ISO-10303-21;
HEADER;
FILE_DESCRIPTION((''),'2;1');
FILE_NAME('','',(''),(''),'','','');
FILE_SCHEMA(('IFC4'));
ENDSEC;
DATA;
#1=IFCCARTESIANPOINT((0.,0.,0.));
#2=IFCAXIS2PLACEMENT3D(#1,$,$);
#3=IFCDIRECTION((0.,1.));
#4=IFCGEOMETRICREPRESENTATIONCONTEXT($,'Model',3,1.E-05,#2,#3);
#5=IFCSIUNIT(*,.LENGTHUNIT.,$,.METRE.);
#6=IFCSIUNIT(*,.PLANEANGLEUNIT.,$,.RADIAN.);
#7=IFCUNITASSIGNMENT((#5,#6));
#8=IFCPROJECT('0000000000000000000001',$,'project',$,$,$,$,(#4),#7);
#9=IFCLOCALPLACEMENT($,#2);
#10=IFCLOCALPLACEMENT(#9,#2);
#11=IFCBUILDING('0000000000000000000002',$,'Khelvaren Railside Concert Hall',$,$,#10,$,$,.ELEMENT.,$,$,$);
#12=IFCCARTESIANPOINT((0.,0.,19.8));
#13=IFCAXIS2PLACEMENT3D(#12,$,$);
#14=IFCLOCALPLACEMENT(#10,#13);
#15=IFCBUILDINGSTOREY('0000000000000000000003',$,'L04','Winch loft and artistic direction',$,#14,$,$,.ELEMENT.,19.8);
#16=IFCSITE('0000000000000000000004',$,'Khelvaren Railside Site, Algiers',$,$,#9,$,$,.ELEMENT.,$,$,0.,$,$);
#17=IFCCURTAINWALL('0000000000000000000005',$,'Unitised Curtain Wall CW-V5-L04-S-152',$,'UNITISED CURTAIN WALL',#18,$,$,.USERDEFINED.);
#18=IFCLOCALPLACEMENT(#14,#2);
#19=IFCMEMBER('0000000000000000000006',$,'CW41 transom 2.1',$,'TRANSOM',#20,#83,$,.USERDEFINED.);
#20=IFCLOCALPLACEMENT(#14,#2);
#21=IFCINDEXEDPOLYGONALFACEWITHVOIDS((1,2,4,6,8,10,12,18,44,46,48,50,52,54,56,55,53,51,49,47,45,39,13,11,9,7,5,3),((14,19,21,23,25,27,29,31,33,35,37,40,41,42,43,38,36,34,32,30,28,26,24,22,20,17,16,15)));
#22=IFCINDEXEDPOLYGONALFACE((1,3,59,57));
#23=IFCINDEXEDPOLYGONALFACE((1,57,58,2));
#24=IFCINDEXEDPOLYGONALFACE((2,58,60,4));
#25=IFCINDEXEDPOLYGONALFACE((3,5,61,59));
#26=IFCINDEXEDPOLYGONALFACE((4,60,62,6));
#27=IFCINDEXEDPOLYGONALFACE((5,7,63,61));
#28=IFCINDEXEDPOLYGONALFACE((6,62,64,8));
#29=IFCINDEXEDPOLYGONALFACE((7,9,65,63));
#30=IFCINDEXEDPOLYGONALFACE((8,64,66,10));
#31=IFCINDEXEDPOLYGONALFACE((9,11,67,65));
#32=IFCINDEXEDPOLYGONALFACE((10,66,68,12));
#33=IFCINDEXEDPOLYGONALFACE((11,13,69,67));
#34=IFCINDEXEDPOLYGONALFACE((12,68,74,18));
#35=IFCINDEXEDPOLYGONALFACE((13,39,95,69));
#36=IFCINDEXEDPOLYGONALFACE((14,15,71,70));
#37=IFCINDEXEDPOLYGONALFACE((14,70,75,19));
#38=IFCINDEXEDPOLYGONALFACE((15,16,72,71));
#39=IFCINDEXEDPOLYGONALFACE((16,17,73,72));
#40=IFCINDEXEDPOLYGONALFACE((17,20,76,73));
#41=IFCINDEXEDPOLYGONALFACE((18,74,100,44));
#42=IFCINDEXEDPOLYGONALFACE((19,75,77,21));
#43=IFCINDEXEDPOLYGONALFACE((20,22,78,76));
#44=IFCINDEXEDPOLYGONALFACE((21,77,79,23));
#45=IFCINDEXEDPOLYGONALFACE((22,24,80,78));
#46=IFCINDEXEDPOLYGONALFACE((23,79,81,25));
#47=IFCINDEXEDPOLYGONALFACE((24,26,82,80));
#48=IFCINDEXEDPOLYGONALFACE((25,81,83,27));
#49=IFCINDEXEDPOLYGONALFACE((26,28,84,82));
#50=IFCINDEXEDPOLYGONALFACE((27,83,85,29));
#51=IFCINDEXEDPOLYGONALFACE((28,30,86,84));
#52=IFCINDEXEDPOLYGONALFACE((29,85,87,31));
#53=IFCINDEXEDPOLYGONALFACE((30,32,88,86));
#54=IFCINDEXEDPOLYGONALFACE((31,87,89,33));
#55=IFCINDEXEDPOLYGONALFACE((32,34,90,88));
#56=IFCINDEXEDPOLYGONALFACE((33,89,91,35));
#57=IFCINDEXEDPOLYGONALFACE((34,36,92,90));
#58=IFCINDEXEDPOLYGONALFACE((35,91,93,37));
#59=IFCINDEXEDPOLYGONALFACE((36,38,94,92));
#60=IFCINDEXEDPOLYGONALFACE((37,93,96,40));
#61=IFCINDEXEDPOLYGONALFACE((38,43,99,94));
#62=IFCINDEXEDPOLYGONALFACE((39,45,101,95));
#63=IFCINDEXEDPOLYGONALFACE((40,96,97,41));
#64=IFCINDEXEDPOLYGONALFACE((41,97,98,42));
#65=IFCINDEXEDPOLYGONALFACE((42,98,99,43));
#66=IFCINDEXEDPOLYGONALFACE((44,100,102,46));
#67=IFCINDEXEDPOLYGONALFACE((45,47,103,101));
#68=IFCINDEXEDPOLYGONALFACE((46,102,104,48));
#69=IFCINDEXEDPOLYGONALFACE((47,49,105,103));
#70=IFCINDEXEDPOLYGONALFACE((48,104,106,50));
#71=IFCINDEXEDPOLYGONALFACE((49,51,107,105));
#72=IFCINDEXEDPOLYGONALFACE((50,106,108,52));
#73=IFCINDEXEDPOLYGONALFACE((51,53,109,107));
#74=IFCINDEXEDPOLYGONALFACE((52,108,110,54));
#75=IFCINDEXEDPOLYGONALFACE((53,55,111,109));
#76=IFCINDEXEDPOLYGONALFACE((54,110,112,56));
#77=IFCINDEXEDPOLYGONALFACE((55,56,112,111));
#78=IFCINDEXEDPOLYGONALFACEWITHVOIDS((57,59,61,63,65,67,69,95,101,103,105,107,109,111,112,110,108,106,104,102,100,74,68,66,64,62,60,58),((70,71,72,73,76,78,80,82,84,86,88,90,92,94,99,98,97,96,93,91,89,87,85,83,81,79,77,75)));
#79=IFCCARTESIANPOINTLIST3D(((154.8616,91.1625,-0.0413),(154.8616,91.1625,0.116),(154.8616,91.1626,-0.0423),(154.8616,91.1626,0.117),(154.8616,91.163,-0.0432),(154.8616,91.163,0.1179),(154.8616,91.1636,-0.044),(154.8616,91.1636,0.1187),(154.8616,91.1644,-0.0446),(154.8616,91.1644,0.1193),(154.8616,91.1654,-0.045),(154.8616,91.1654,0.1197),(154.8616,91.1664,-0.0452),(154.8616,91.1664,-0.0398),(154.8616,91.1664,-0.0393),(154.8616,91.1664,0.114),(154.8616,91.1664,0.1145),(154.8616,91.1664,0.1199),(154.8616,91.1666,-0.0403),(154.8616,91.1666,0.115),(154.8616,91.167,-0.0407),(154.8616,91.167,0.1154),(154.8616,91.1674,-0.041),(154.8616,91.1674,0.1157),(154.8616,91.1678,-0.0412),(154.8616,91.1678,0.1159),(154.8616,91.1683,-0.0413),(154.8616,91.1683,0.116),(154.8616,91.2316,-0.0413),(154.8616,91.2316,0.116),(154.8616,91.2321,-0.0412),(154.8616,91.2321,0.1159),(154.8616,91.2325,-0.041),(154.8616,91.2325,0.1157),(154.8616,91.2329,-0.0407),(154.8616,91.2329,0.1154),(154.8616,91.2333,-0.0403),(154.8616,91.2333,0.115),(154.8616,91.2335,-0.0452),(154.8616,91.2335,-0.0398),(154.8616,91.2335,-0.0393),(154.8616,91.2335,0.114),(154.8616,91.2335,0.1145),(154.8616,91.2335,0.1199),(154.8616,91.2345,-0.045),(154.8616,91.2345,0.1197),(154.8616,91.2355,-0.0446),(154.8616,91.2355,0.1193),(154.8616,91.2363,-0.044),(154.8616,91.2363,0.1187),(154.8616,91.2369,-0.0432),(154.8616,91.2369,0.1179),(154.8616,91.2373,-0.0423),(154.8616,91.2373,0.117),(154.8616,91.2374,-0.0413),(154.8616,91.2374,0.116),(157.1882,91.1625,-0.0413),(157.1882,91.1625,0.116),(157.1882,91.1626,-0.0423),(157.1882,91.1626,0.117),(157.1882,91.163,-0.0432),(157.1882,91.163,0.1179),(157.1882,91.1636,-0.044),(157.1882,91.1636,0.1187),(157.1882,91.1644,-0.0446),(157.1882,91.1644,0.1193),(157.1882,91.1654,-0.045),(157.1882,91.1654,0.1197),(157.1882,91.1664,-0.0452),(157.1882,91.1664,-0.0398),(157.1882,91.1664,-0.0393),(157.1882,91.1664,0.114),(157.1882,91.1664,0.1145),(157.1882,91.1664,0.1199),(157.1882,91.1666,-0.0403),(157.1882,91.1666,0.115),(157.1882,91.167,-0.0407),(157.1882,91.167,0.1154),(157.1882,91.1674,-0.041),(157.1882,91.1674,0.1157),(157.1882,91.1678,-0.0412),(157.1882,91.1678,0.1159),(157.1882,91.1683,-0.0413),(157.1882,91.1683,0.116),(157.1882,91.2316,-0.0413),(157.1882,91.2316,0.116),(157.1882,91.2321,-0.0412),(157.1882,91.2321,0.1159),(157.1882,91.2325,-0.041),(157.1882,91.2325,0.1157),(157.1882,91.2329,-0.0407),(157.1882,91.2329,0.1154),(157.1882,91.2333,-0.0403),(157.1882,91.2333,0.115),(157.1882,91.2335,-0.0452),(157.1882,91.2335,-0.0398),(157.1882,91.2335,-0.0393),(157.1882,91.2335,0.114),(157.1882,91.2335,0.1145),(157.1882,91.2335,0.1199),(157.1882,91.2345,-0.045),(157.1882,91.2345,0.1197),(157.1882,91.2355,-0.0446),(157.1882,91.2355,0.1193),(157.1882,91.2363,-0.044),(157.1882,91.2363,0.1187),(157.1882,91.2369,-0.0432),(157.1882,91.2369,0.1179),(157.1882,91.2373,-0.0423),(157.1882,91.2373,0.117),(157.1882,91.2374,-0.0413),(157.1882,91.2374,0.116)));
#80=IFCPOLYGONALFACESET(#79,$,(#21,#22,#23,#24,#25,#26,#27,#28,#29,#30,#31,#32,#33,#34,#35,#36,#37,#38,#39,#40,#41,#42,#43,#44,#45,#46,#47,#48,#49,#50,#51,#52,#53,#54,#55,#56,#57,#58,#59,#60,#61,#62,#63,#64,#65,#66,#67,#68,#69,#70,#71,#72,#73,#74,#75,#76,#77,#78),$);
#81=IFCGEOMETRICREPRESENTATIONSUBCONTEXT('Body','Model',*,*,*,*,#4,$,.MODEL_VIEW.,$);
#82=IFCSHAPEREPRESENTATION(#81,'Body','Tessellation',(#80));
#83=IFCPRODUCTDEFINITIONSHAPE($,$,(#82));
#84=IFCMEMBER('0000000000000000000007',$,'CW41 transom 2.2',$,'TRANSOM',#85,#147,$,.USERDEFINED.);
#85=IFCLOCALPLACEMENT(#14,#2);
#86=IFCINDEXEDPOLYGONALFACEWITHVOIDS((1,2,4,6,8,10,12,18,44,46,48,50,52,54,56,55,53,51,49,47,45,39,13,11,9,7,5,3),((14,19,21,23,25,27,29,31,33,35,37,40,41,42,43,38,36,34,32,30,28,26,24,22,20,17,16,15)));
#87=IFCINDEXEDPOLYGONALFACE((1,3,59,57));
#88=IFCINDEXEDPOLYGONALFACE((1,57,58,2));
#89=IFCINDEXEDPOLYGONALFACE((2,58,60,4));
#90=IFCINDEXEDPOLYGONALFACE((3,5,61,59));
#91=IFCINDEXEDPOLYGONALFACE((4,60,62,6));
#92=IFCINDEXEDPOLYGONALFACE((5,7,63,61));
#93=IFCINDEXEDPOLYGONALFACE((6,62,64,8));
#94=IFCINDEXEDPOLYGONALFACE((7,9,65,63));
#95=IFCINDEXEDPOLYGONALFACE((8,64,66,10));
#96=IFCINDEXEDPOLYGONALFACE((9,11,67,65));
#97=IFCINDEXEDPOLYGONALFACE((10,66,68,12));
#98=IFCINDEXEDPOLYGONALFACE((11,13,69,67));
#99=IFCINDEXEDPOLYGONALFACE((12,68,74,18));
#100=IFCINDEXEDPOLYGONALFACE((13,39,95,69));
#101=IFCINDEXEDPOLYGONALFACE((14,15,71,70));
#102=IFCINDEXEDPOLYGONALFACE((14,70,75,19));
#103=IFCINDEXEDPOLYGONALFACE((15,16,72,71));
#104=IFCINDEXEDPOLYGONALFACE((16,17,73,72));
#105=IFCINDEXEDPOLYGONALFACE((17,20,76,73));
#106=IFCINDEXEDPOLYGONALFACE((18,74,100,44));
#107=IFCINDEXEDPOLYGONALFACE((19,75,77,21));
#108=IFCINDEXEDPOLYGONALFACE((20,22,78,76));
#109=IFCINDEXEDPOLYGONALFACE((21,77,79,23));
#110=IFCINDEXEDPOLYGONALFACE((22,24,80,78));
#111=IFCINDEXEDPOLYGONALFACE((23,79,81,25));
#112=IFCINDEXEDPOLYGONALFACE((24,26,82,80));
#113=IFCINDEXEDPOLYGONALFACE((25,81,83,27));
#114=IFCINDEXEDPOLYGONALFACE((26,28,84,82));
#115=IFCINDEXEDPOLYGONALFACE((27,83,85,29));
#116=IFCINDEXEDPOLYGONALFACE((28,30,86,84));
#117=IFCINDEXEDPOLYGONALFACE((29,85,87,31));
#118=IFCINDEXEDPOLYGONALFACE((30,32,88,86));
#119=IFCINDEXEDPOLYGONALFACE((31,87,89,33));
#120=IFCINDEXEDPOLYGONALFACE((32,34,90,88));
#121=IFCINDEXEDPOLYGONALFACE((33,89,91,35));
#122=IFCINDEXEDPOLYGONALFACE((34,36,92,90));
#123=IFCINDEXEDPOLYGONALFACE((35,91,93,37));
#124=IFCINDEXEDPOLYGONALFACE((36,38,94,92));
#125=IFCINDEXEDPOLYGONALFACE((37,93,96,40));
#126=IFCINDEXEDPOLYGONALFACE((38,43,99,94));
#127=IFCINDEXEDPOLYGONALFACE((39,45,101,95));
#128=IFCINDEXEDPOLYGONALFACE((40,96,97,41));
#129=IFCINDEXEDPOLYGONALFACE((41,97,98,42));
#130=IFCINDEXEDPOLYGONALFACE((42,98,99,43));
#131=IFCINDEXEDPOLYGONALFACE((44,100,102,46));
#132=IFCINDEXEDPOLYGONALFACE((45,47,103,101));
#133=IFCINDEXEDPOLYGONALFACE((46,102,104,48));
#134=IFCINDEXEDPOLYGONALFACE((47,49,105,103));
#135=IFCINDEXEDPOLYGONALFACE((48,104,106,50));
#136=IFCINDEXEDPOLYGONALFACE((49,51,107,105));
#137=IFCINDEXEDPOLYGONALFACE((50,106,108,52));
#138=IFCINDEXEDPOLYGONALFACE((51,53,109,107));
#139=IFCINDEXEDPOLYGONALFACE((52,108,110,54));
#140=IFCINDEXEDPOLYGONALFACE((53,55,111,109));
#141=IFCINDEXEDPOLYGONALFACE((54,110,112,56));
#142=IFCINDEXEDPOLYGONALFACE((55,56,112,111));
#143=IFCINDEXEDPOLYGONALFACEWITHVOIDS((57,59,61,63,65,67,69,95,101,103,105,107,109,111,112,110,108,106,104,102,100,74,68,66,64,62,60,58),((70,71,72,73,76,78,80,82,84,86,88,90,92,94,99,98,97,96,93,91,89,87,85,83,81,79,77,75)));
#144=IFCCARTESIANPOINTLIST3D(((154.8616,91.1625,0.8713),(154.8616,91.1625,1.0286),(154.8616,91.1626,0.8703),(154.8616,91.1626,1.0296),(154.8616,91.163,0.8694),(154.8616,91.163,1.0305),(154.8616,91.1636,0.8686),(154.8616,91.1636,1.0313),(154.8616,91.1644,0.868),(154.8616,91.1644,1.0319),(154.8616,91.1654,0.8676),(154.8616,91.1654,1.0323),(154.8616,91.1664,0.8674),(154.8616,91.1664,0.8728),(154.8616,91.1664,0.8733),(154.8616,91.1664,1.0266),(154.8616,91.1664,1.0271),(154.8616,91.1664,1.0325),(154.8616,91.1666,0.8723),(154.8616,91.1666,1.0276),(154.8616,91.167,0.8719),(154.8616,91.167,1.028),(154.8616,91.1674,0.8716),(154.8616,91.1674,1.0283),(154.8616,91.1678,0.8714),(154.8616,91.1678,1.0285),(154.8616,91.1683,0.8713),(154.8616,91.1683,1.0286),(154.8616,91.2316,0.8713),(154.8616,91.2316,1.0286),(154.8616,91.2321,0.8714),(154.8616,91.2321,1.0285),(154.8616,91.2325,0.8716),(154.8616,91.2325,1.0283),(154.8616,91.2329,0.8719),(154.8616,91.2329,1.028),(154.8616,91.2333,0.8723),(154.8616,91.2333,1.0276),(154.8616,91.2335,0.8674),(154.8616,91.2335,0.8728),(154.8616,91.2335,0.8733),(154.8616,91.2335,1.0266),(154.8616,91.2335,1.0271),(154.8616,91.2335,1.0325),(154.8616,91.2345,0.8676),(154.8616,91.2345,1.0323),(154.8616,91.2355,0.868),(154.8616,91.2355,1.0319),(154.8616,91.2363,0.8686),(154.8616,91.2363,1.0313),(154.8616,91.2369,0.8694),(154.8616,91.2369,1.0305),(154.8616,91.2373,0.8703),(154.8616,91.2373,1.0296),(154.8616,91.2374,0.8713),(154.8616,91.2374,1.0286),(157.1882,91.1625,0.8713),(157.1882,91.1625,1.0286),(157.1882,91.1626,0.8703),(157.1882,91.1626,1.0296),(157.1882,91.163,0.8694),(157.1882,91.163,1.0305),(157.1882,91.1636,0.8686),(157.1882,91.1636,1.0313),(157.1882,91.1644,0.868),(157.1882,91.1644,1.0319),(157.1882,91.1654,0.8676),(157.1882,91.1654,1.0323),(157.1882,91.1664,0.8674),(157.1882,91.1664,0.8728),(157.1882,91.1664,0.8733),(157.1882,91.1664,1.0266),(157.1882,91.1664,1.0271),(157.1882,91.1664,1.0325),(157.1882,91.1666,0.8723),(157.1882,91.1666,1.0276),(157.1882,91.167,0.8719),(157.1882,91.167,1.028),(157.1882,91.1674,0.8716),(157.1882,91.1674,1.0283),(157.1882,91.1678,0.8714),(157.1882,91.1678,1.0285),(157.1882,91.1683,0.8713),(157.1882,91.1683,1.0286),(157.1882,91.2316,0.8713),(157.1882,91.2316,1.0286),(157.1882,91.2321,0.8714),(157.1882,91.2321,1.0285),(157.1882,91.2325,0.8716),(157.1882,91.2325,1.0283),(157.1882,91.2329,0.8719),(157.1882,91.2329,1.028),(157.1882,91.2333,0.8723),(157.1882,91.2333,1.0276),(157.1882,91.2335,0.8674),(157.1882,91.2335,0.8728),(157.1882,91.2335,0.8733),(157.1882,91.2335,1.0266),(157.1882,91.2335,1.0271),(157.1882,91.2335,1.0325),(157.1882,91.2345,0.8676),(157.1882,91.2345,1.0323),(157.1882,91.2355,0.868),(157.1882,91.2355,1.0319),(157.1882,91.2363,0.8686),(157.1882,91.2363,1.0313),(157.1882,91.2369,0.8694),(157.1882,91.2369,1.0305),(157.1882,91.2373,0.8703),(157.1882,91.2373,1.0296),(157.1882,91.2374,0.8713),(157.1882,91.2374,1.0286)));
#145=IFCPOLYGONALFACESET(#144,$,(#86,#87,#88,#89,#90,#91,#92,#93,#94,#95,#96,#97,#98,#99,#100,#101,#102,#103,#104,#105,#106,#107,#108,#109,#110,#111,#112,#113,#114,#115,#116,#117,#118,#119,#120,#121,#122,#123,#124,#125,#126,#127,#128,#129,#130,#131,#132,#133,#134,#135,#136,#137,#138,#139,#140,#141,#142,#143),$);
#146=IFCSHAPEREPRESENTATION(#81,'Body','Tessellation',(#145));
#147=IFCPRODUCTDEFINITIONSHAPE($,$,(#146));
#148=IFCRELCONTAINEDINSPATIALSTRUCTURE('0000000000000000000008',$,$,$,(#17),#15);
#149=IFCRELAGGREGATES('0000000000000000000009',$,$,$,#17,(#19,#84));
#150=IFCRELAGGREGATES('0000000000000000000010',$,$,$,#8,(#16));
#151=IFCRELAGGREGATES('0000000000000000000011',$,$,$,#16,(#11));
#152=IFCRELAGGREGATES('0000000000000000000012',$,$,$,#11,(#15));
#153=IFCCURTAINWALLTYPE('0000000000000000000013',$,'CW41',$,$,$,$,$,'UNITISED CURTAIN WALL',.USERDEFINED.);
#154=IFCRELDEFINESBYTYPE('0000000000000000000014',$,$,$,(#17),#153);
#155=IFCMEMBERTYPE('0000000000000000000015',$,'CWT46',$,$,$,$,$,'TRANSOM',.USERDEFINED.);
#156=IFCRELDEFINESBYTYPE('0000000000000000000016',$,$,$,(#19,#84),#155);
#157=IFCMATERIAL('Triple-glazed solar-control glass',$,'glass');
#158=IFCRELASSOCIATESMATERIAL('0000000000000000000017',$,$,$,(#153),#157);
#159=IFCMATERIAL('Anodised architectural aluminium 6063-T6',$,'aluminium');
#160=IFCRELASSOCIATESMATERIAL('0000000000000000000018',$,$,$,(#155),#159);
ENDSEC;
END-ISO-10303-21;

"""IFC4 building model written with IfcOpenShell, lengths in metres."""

from ifc_helpers import new_model, si_unit, direction, frame, origin, origin_2d, place, context, subcontext, project, spatial, hollow_rectangle, extrude, material, material_profile, profile_set, type_object, element, aggregate, save


model = new_model("IFC4")

# Units and contexts
model_context = context("Model", 3, precision=1e-05, world=origin(), true_north=direction((0.0, 1.0)))
body_context = subcontext(model_context, "Body", "Model", "MODEL_VIEW")
ifc_project = project(units=[si_unit("LENGTHUNIT", "METRE"), si_unit("PLANEANGLEUNIT", "RADIAN")], contexts=[model_context])

# Site, building, storey
site_placement = place(None, origin())
site = spatial("IfcSite", under=ifc_project, at=site_placement, Name="Khelvaren Railside Site, Algiers", CompositionType="ELEMENT", RefElevation=0.0)
building_placement = place(site_placement, origin())
building = spatial("IfcBuilding", under=site, at=building_placement, Name="Khelvaren Railside Concert Hall", CompositionType="ELEMENT")
storey_placement = place(building_placement, frame((0.0, 0.0, 19.8)))
storey = spatial("IfcBuildingStorey", under=building, at=storey_placement, Name="L04", Description="Winch loft and artistic direction", CompositionType="ELEMENT", Elevation=19.8)

# Curtain wall
ifc_material_1 = material(Name="Triple-glazed solar-control glass", Category="glass")
ifc_material_2 = material(Name="Anodised architectural aluminium 6063-T6", Category="aluminium")
curtain_wall_type_1 = type_object("IfcCurtainWallType", Name="CW41", ElementType="UNITISED CURTAIN WALL", PredefinedType="USERDEFINED", material=ifc_material_1)
curtain_wall_1_placement = place(storey_placement, origin())
curtain_wall_1 = element("IfcCurtainWall", 1, at=curtain_wall_1_placement, inside=storey, type_object=curtain_wall_type_1, Name="Unitised Curtain Wall CW-V5-L04-S-152", ObjectType="UNITISED CURTAIN WALL", PredefinedType="USERDEFINED")

# Members
ifc_material_profile_1 = material_profile(ifc_material_2, hollow_rectangle(XDim=0.075, YDim=0.165, WallThickness=0.0039, InnerFilletRadius=0.002, OuterFilletRadius=0.0039, at=origin_2d()), Name="CWT 75x165x4")
ifc_profile_set_1 = profile_set([ifc_material_profile_1], Name="Anodised architectural aluminium 6063-T6")
member_type_1 = type_object("IfcMemberType", Name="CWT46", ElementType="TRANSOM", PredefinedType="USERDEFINED", material=ifc_profile_set_1)
member_1_placement = place(storey_placement, frame((157.1882, 91.2, 0.0374), z_axis=(-1.0, 0.0, 0.0), x_axis=(0.0, -1.0, 0.0)))
member_1 = element("IfcMember", 2, at=member_1_placement, type_object=member_type_1, Name="CW41 transom 2.1", ObjectType="TRANSOM", PredefinedType="USERDEFINED", context=body_context, shape_type="SweptSolid", body=[
    extrude(hollow_rectangle(XDim=0.075, YDim=0.165, WallThickness=0.0039, InnerFilletRadius=0.002, OuterFilletRadius=0.0039, at=origin_2d()), origin(), (0.0, 0.0, 1.0), 2.3267),
])
member_2_placement = place(storey_placement, frame((157.1882, 91.2, 0.95), z_axis=(-1.0, 0.0, 0.0), x_axis=(0.0, -1.0, 0.0)))
member_2 = element("IfcMember", 3, at=member_2_placement, type_object=member_type_1, Name="CW41 transom 2.2", ObjectType="TRANSOM", PredefinedType="USERDEFINED", context=body_context, shape_type="SweptSolid", body=[
    extrude(hollow_rectangle(XDim=0.075, YDim=0.165, WallThickness=0.0039, InnerFilletRadius=0.002, OuterFilletRadius=0.0039, at=origin_2d()), origin(), (0.0, 0.0, 1.0), 2.3267),
])

aggregate(curtain_wall_1, [member_1, member_2])

save(model, "model.ifc")
